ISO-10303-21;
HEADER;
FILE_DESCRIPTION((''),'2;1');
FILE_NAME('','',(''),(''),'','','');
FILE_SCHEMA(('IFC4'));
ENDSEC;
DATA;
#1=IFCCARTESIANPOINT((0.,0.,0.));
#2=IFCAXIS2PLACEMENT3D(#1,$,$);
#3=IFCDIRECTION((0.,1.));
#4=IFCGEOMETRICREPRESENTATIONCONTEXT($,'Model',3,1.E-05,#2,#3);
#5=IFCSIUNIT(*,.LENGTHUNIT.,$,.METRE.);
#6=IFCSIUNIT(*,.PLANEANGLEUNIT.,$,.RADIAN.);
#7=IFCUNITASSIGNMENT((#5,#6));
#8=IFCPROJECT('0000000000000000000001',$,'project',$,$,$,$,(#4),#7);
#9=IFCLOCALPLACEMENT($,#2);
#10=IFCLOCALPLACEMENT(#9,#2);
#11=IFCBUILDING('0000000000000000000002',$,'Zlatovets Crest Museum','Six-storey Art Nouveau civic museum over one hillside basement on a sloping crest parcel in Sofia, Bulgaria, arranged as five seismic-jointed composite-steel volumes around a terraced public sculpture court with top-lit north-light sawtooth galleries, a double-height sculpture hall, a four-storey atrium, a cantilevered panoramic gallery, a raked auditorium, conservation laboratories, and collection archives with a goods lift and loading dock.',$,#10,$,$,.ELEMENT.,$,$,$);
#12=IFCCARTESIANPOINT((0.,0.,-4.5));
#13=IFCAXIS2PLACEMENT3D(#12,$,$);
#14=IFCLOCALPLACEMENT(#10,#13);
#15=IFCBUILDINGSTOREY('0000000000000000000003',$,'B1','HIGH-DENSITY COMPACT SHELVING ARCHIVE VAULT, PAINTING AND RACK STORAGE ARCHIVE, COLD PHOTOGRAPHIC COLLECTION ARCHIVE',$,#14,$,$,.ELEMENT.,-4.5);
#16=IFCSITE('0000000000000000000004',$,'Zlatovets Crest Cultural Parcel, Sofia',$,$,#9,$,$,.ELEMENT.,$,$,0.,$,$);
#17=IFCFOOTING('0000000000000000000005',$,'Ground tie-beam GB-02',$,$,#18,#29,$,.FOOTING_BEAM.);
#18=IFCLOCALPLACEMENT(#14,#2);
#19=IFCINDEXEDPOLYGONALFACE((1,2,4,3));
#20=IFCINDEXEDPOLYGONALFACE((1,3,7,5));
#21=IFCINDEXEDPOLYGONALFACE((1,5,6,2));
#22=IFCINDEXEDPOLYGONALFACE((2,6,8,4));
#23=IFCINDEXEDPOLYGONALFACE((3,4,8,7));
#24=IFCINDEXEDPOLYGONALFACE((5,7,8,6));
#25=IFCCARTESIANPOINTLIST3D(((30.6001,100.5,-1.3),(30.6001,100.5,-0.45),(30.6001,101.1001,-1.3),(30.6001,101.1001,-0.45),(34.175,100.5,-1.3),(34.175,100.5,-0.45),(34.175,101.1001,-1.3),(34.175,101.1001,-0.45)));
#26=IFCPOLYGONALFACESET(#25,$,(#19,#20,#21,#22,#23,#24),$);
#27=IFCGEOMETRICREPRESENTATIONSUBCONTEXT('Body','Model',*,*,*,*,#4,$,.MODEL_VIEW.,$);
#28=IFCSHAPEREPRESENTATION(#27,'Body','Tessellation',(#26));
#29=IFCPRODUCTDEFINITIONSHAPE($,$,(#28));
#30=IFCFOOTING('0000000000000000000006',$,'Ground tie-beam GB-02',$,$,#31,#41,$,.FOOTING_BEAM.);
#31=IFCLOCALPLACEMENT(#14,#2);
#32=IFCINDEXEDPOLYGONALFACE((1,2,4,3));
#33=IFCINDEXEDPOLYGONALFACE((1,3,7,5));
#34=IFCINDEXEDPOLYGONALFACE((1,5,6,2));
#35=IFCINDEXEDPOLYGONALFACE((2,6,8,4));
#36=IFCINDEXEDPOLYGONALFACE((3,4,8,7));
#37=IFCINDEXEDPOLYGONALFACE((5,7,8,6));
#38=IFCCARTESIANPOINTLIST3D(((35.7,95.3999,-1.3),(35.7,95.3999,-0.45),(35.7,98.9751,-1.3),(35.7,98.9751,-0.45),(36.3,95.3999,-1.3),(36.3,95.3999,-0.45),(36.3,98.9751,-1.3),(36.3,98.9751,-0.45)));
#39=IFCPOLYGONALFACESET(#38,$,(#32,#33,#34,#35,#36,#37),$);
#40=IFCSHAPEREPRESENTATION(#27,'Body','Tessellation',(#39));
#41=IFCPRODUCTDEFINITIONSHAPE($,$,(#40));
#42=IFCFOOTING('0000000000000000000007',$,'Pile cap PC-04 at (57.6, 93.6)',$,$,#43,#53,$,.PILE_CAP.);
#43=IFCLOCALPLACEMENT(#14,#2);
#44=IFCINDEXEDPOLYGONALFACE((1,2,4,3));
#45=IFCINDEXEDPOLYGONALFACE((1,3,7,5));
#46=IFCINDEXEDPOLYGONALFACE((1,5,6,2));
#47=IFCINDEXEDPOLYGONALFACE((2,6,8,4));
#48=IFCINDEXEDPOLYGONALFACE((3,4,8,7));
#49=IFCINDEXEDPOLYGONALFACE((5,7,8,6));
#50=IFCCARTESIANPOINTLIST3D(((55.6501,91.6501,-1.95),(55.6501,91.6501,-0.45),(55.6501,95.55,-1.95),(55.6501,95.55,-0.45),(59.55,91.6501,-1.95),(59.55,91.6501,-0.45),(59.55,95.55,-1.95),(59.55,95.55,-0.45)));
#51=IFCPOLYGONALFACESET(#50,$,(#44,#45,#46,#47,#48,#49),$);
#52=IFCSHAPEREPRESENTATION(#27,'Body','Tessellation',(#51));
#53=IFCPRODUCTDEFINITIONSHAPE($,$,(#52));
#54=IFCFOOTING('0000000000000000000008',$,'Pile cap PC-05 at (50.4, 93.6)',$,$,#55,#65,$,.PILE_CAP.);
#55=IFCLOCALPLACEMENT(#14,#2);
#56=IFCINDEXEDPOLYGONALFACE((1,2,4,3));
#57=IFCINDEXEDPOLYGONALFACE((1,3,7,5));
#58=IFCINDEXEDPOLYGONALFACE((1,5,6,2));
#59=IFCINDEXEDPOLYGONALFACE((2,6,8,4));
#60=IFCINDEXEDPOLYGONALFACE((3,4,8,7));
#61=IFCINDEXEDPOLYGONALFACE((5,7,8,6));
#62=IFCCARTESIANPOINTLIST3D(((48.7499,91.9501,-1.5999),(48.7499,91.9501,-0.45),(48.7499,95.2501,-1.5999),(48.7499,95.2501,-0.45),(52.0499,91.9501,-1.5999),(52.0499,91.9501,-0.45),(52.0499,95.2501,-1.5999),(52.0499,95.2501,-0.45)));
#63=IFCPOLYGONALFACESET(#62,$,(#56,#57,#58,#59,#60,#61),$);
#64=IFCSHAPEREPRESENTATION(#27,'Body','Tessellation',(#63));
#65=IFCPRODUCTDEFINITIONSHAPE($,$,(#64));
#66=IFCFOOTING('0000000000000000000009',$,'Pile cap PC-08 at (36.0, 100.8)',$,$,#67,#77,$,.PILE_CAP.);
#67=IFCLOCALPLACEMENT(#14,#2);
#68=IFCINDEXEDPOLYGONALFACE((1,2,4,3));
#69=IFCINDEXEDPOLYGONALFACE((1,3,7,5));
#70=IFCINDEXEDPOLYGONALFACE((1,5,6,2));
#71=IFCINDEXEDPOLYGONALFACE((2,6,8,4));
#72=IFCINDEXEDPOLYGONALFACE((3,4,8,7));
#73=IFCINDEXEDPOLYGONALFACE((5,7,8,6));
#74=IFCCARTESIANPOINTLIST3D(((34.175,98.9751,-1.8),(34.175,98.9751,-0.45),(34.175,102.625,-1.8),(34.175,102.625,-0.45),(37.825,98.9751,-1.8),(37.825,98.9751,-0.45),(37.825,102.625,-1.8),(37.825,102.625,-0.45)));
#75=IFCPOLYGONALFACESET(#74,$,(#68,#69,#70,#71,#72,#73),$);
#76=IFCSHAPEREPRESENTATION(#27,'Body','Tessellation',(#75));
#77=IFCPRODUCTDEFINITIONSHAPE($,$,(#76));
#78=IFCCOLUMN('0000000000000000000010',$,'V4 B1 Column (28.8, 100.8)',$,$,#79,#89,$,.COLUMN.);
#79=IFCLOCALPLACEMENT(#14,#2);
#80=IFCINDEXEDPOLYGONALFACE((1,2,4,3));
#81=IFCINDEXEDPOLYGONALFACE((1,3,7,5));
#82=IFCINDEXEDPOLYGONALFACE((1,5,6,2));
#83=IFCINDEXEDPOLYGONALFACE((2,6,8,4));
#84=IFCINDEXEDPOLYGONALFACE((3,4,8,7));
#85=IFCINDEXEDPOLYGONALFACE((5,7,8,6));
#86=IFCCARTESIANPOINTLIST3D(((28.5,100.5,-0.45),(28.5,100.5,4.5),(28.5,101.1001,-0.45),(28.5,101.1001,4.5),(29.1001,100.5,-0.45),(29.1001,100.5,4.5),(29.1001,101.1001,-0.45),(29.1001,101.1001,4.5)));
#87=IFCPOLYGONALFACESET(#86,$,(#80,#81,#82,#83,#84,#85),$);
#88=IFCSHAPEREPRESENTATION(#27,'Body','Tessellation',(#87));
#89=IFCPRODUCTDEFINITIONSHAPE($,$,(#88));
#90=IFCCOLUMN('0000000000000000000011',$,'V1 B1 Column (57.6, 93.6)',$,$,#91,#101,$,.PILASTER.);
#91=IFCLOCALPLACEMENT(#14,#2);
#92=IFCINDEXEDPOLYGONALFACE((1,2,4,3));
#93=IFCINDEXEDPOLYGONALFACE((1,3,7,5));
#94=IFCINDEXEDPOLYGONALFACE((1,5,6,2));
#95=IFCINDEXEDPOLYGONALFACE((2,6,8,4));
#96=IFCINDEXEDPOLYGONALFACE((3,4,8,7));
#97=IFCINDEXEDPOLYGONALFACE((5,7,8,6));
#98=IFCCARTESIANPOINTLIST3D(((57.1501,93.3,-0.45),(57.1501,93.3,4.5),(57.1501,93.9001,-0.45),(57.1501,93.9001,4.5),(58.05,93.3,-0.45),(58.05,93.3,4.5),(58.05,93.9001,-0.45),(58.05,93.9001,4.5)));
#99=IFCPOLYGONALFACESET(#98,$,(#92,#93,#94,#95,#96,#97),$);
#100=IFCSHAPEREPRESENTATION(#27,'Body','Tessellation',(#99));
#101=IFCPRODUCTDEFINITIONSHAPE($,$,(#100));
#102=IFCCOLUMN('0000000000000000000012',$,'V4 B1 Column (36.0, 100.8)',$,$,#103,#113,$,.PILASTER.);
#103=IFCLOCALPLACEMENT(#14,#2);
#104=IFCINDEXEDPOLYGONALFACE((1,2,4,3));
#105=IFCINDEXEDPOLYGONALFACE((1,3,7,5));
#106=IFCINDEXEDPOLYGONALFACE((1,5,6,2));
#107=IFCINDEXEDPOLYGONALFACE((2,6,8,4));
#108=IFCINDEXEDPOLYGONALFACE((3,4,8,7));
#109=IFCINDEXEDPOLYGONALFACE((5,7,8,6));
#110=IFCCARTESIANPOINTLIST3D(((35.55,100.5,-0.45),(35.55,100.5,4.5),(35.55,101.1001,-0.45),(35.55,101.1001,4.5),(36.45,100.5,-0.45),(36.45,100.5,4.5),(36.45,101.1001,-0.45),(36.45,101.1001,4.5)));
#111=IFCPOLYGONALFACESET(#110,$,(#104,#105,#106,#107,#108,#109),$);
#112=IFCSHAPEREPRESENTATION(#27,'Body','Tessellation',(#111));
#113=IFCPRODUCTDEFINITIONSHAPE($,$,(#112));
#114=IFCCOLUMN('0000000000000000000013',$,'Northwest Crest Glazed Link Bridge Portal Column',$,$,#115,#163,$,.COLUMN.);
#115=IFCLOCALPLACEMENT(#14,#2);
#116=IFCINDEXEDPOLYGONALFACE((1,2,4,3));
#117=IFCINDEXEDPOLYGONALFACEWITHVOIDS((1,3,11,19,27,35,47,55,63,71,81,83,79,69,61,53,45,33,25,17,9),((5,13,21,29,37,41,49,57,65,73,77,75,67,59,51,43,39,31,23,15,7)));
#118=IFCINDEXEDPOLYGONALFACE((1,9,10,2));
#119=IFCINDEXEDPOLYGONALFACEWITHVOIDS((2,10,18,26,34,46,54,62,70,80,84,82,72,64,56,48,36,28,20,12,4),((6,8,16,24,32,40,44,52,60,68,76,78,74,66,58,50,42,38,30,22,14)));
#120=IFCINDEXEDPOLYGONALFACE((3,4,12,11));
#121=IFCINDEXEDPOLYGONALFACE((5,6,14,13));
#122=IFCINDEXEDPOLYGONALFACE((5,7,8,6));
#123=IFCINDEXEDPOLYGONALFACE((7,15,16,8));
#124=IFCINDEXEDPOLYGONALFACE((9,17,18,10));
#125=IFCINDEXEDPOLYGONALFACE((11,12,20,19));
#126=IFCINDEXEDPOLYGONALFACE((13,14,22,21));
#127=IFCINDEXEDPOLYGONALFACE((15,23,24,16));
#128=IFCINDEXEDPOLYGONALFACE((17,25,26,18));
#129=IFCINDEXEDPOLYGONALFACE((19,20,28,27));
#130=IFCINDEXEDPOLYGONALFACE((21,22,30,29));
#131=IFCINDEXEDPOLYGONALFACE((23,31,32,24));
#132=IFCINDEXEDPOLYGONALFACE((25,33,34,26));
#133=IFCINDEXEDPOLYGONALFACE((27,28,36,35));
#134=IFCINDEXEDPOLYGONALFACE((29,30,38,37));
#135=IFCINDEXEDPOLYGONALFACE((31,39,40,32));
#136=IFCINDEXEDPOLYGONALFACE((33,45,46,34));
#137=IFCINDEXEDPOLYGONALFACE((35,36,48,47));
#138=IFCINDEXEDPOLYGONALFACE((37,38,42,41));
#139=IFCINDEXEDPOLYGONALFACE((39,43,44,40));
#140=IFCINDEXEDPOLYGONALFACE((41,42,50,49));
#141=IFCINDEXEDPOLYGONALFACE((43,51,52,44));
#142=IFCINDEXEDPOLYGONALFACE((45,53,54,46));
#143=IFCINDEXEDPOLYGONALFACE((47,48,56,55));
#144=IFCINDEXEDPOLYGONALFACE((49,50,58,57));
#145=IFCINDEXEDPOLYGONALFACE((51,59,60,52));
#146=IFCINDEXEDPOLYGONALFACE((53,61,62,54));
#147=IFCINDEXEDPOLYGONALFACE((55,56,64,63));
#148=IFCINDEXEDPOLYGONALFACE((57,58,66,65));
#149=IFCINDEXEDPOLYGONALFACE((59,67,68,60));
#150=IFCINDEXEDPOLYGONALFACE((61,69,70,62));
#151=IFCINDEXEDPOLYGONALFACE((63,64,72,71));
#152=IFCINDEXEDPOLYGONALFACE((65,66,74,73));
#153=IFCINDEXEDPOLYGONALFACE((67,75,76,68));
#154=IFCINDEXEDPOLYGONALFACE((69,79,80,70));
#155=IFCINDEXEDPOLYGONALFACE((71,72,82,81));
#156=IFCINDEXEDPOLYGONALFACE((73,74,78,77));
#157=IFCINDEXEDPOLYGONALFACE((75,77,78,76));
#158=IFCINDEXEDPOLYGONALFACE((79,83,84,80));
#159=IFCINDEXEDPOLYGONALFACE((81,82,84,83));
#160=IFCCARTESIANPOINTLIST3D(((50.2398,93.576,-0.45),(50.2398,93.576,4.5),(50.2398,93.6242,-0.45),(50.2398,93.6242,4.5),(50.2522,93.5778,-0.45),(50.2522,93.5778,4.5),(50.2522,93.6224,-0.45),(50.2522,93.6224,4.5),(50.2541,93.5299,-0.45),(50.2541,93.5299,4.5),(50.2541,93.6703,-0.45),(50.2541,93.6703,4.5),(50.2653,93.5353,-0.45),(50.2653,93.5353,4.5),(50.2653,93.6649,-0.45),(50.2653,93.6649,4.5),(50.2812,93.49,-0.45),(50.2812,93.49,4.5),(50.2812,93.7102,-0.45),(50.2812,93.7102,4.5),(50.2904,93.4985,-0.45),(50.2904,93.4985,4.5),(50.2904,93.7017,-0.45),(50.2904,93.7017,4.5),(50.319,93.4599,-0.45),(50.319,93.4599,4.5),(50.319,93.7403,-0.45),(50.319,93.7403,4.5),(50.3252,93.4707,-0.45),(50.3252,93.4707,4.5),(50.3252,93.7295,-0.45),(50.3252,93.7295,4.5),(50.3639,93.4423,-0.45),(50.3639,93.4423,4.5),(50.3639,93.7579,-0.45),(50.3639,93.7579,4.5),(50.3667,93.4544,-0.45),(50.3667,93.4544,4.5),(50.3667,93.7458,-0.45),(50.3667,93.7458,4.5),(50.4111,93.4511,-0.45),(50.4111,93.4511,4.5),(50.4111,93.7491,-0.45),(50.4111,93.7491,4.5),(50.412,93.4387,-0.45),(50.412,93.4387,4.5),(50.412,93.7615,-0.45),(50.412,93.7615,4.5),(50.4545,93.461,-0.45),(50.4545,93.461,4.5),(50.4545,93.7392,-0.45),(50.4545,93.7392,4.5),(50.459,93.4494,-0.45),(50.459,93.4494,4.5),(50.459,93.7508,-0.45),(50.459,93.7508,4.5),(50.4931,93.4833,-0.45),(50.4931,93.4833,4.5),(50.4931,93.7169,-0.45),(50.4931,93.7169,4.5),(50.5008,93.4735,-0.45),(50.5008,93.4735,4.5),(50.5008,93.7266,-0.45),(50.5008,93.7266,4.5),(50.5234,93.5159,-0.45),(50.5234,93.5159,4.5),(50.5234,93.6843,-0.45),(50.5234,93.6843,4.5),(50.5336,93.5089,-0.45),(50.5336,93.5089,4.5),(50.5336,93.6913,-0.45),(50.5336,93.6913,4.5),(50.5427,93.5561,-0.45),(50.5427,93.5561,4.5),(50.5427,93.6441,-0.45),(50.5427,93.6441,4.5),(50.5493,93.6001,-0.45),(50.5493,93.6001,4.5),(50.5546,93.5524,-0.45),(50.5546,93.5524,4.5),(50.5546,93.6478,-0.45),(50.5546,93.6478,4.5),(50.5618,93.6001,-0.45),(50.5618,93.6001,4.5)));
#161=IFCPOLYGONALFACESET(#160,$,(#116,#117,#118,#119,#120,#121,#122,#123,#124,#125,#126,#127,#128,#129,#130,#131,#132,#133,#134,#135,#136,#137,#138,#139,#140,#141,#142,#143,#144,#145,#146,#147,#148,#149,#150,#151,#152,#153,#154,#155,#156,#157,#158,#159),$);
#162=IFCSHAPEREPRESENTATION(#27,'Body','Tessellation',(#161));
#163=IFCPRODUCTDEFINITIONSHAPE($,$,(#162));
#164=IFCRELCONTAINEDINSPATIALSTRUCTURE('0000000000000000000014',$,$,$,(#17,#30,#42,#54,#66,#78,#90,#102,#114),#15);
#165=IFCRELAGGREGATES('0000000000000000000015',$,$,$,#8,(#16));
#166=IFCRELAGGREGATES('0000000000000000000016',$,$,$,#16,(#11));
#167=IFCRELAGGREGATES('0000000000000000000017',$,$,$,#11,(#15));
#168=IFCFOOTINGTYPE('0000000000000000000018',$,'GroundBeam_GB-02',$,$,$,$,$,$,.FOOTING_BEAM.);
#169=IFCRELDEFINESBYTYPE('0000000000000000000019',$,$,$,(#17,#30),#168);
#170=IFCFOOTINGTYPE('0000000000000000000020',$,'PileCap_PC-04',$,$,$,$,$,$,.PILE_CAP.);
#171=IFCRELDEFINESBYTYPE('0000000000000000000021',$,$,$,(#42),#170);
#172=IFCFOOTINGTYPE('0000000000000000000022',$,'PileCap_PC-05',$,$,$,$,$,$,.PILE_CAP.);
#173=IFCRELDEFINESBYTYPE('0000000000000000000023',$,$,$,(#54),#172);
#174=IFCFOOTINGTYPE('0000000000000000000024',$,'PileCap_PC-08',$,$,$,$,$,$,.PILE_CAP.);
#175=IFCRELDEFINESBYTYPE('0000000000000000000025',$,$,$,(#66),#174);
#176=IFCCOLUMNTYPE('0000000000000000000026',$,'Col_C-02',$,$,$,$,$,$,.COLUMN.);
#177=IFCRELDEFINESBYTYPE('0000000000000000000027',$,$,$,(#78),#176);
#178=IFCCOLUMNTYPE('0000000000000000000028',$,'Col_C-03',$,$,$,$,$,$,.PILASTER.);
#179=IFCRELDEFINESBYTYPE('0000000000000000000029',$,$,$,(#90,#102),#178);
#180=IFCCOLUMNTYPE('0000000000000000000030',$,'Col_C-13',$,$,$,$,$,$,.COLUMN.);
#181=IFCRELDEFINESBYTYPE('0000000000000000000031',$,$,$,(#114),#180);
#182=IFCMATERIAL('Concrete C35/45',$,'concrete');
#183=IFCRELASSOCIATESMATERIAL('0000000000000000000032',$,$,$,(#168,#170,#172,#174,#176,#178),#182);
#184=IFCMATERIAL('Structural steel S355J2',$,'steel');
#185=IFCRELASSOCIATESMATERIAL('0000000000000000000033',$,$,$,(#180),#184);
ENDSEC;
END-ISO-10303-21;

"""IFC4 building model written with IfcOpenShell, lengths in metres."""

from ifc_helpers import new_model, si_unit, direction, frame, origin, origin_2d, place, context, subcontext, project, spatial, rectangle, hollow_circle, extrude, material, material_profile, profile_set, type_object, element, save


model = new_model("IFC4")

# Units and contexts
model_context = context("Model", 3, precision=1e-05, world=origin(), true_north=direction((0.0, 1.0)))
body_context = subcontext(model_context, "Body", "Model", "MODEL_VIEW")
ifc_project = project(units=[si_unit("LENGTHUNIT", "METRE"), si_unit("PLANEANGLEUNIT", "RADIAN")], contexts=[model_context])

# Site, building, storey
site_placement = place(None, origin())
site = spatial("IfcSite", under=ifc_project, at=site_placement, Name="Zlatovets Crest Cultural Parcel, Sofia", CompositionType="ELEMENT", RefElevation=0.0)
building_placement = place(site_placement, origin())
building = spatial("IfcBuilding", under=site, at=building_placement, Name="Zlatovets Crest Museum", Description="Six-storey Art Nouveau civic museum over one hillside basement on a sloping crest parcel in Sofia, Bulgaria, arranged as five seismic-jointed composite-steel volumes around a terraced public sculpture court with top-lit north-light sawtooth galleries, a double-height sculpture hall, a four-storey atrium, a cantilevered panoramic gallery, a raked auditorium, conservation laboratories, and collection archives with a goods lift and loading dock.", CompositionType="ELEMENT")
storey_placement = place(building_placement, frame((0.0, 0.0, -4.5)))
storey = spatial("IfcBuildingStorey", under=building, at=storey_placement, Name="B1", Description="HIGH-DENSITY COMPACT SHELVING ARCHIVE VAULT, PAINTING AND RACK STORAGE ARCHIVE, COLD PHOTOGRAPHIC COLLECTION ARCHIVE", CompositionType="ELEMENT", Elevation=-4.5)

# Shared definitions
ifc_material_1 = material(Name="Concrete C35/45", Category="concrete")

# Footings
ifc_material_profile_1 = material_profile(ifc_material_1, rectangle(XDim=0.6001, YDim=0.8501, at=origin_2d()), Name="RC 600x850")
ifc_profile_set_1 = profile_set([ifc_material_profile_1], Name="Concrete C35/45")
footing_type_1 = type_object("IfcFootingType", Name="GroundBeam_GB-02", PredefinedType="FOOTING_BEAM", material=ifc_profile_set_1)
footing_1_placement = place(storey_placement, frame((30.6001, 100.8, -0.875), z_axis=(1.0, 0.0, 0.0), x_axis=(0.0, 1.0, 0.0)))
element("IfcFooting", 1, at=footing_1_placement, inside=storey, type_object=footing_type_1, Name="Ground tie-beam GB-02", PredefinedType="FOOTING_BEAM", context=body_context, shape_type="SweptSolid", body=[
    extrude(rectangle(XDim=0.6001, YDim=0.8501, at=origin_2d()), origin(), (0.0, 0.0, 1.0), 3.575),
])
footing_2_placement = place(storey_placement, frame((36.0, 95.3999, -0.875), z_axis=(0.0, 1.0, 0.0), x_axis=(-1.0, 0.0, 0.0)))
element("IfcFooting", 2, at=footing_2_placement, inside=storey, type_object=footing_type_1, Name="Ground tie-beam GB-02", PredefinedType="FOOTING_BEAM", context=body_context, shape_type="SweptSolid", body=[
    extrude(rectangle(XDim=0.6001, YDim=0.8501, at=origin_2d()), origin(), (0.0, 0.0, 1.0), 3.5752),
])
footing_type_2 = type_object("IfcFootingType", Name="PileCap_PC-04", PredefinedType="PILE_CAP", material=ifc_material_1)
footing_3_placement = place(storey_placement, frame((57.6001, 93.6001, -1.95), z_axis=(0.0, 0.0, 1.0), x_axis=(1.0, 0.0, 0.0)))
element("IfcFooting", 3, at=footing_3_placement, inside=storey, type_object=footing_type_2, Name="Pile cap PC-04 at (57.6, 93.6)", PredefinedType="PILE_CAP", context=body_context, shape_type="SweptSolid", body=[
    extrude(rectangle(XDim=3.8999, YDim=3.8999, at=origin_2d()), origin(), (0.0, 0.0, 1.0), 1.5),
])
footing_type_3 = type_object("IfcFootingType", Name="PileCap_PC-05", PredefinedType="PILE_CAP", material=ifc_material_1)
footing_4_placement = place(storey_placement, frame((50.3999, 93.6001, -1.5999), z_axis=(0.0, 0.0, 1.0), x_axis=(1.0, 0.0, 0.0)))
element("IfcFooting", 4, at=footing_4_placement, inside=storey, type_object=footing_type_3, Name="Pile cap PC-05 at (50.4, 93.6)", PredefinedType="PILE_CAP", context=body_context, shape_type="SweptSolid", body=[
    extrude(rectangle(XDim=3.3, YDim=3.3, at=origin_2d()), origin(), (0.0, 0.0, 1.0), 1.1499),
])
footing_type_4 = type_object("IfcFootingType", Name="PileCap_PC-08", PredefinedType="PILE_CAP", material=ifc_material_1)
footing_5_placement = place(storey_placement, frame((36.0, 100.8, -1.8), z_axis=(0.0, 0.0, 1.0), x_axis=(1.0, 0.0, 0.0)))
element("IfcFooting", 5, at=footing_5_placement, inside=storey, type_object=footing_type_4, Name="Pile cap PC-08 at (36.0, 100.8)", PredefinedType="PILE_CAP", context=body_context, shape_type="SweptSolid", body=[
    extrude(rectangle(XDim=3.6499, YDim=3.6499, at=origin_2d()), origin(), (0.0, 0.0, 1.0), 1.3501),
])

# Columns
ifc_material_profile_2 = material_profile(ifc_material_1, rectangle(XDim=0.6001, YDim=0.6001, at=origin_2d()), Name="RC 600x600")
ifc_profile_set_2 = profile_set([ifc_material_profile_2], Name="Concrete C35/45")
column_type_1 = type_object("IfcColumnType", Name="Col_C-02", PredefinedType="COLUMN", material=ifc_profile_set_2)
column_1_placement = place(storey_placement, frame((28.8, 100.8, -0.45), z_axis=(0.0, 0.0, 1.0), x_axis=(1.0, 0.0, 0.0)))
element("IfcColumn", 6, at=column_1_placement, inside=storey, type_object=column_type_1, Name="V4 B1 Column (28.8, 100.8)", PredefinedType="COLUMN", context=body_context, shape_type="SweptSolid", body=[
    extrude(rectangle(XDim=0.6001, YDim=0.6001, at=origin_2d()), origin(), (0.0, 0.0, 1.0), 4.95),
])
ifc_material_profile_3 = material_profile(ifc_material_1, rectangle(XDim=0.6001, YDim=0.8999, at=origin_2d()), Name="RC 600x900")
ifc_profile_set_3 = profile_set([ifc_material_profile_3], Name="Concrete C35/45")
column_type_2 = type_object("IfcColumnType", Name="Col_C-03", PredefinedType="PILASTER", material=ifc_profile_set_3)
for number, where, z_axis, x_axis, name in (
    (7, (57.6001, 93.6001, -0.45), (0.0, 0.0, 1.0), (0.0, 1.0, 0.0), "V1 B1 Column (57.6, 93.6)"),
    (8, (36.0, 100.8, -0.45), (0.0, 0.0, 1.0), (0.0, 1.0, 0.0), "V4 B1 Column (36.0, 100.8)"),
):
    element("IfcColumn", number, at=place(storey_placement, frame(where, z_axis=z_axis, x_axis=x_axis)), inside=storey, type_object=column_type_2, Name=name, PredefinedType="PILASTER", context=body_context, shape_type="SweptSolid", body=[
        extrude(rectangle(XDim=0.6001, YDim=0.8999, at=origin_2d()), origin(), (0.0, 0.0, 1.0), 4.95),
    ])
ifc_material_2 = material(Name="Structural steel S355J2", Category="steel")
ifc_material_profile_4 = material_profile(ifc_material_2, hollow_circle(Radius=0.1619, WallThickness=0.0125, at=origin_2d()), Name="CHS 323.9x12.5")
ifc_profile_set_4 = profile_set([ifc_material_profile_4], Name="Structural steel S355J2")
column_type_3 = type_object("IfcColumnType", Name="Col_C-13", PredefinedType="COLUMN", material=ifc_profile_set_4)
column_2_placement = place(storey_placement, frame((50.3999, 93.6001, -0.45), z_axis=(0.0, 0.0, 1.0), x_axis=(1.0, 0.0, 0.0)))
element("IfcColumn", 9, at=column_2_placement, inside=storey, type_object=column_type_3, Name="Northwest Crest Glazed Link Bridge Portal Column", PredefinedType="COLUMN", context=body_context, shape_type="SweptSolid", body=[
    extrude(hollow_circle(Radius=0.1619, WallThickness=0.0125, at=origin_2d()), origin(), (0.0, 0.0, 1.0), 4.95),
])

save(model, "model.ifc")
